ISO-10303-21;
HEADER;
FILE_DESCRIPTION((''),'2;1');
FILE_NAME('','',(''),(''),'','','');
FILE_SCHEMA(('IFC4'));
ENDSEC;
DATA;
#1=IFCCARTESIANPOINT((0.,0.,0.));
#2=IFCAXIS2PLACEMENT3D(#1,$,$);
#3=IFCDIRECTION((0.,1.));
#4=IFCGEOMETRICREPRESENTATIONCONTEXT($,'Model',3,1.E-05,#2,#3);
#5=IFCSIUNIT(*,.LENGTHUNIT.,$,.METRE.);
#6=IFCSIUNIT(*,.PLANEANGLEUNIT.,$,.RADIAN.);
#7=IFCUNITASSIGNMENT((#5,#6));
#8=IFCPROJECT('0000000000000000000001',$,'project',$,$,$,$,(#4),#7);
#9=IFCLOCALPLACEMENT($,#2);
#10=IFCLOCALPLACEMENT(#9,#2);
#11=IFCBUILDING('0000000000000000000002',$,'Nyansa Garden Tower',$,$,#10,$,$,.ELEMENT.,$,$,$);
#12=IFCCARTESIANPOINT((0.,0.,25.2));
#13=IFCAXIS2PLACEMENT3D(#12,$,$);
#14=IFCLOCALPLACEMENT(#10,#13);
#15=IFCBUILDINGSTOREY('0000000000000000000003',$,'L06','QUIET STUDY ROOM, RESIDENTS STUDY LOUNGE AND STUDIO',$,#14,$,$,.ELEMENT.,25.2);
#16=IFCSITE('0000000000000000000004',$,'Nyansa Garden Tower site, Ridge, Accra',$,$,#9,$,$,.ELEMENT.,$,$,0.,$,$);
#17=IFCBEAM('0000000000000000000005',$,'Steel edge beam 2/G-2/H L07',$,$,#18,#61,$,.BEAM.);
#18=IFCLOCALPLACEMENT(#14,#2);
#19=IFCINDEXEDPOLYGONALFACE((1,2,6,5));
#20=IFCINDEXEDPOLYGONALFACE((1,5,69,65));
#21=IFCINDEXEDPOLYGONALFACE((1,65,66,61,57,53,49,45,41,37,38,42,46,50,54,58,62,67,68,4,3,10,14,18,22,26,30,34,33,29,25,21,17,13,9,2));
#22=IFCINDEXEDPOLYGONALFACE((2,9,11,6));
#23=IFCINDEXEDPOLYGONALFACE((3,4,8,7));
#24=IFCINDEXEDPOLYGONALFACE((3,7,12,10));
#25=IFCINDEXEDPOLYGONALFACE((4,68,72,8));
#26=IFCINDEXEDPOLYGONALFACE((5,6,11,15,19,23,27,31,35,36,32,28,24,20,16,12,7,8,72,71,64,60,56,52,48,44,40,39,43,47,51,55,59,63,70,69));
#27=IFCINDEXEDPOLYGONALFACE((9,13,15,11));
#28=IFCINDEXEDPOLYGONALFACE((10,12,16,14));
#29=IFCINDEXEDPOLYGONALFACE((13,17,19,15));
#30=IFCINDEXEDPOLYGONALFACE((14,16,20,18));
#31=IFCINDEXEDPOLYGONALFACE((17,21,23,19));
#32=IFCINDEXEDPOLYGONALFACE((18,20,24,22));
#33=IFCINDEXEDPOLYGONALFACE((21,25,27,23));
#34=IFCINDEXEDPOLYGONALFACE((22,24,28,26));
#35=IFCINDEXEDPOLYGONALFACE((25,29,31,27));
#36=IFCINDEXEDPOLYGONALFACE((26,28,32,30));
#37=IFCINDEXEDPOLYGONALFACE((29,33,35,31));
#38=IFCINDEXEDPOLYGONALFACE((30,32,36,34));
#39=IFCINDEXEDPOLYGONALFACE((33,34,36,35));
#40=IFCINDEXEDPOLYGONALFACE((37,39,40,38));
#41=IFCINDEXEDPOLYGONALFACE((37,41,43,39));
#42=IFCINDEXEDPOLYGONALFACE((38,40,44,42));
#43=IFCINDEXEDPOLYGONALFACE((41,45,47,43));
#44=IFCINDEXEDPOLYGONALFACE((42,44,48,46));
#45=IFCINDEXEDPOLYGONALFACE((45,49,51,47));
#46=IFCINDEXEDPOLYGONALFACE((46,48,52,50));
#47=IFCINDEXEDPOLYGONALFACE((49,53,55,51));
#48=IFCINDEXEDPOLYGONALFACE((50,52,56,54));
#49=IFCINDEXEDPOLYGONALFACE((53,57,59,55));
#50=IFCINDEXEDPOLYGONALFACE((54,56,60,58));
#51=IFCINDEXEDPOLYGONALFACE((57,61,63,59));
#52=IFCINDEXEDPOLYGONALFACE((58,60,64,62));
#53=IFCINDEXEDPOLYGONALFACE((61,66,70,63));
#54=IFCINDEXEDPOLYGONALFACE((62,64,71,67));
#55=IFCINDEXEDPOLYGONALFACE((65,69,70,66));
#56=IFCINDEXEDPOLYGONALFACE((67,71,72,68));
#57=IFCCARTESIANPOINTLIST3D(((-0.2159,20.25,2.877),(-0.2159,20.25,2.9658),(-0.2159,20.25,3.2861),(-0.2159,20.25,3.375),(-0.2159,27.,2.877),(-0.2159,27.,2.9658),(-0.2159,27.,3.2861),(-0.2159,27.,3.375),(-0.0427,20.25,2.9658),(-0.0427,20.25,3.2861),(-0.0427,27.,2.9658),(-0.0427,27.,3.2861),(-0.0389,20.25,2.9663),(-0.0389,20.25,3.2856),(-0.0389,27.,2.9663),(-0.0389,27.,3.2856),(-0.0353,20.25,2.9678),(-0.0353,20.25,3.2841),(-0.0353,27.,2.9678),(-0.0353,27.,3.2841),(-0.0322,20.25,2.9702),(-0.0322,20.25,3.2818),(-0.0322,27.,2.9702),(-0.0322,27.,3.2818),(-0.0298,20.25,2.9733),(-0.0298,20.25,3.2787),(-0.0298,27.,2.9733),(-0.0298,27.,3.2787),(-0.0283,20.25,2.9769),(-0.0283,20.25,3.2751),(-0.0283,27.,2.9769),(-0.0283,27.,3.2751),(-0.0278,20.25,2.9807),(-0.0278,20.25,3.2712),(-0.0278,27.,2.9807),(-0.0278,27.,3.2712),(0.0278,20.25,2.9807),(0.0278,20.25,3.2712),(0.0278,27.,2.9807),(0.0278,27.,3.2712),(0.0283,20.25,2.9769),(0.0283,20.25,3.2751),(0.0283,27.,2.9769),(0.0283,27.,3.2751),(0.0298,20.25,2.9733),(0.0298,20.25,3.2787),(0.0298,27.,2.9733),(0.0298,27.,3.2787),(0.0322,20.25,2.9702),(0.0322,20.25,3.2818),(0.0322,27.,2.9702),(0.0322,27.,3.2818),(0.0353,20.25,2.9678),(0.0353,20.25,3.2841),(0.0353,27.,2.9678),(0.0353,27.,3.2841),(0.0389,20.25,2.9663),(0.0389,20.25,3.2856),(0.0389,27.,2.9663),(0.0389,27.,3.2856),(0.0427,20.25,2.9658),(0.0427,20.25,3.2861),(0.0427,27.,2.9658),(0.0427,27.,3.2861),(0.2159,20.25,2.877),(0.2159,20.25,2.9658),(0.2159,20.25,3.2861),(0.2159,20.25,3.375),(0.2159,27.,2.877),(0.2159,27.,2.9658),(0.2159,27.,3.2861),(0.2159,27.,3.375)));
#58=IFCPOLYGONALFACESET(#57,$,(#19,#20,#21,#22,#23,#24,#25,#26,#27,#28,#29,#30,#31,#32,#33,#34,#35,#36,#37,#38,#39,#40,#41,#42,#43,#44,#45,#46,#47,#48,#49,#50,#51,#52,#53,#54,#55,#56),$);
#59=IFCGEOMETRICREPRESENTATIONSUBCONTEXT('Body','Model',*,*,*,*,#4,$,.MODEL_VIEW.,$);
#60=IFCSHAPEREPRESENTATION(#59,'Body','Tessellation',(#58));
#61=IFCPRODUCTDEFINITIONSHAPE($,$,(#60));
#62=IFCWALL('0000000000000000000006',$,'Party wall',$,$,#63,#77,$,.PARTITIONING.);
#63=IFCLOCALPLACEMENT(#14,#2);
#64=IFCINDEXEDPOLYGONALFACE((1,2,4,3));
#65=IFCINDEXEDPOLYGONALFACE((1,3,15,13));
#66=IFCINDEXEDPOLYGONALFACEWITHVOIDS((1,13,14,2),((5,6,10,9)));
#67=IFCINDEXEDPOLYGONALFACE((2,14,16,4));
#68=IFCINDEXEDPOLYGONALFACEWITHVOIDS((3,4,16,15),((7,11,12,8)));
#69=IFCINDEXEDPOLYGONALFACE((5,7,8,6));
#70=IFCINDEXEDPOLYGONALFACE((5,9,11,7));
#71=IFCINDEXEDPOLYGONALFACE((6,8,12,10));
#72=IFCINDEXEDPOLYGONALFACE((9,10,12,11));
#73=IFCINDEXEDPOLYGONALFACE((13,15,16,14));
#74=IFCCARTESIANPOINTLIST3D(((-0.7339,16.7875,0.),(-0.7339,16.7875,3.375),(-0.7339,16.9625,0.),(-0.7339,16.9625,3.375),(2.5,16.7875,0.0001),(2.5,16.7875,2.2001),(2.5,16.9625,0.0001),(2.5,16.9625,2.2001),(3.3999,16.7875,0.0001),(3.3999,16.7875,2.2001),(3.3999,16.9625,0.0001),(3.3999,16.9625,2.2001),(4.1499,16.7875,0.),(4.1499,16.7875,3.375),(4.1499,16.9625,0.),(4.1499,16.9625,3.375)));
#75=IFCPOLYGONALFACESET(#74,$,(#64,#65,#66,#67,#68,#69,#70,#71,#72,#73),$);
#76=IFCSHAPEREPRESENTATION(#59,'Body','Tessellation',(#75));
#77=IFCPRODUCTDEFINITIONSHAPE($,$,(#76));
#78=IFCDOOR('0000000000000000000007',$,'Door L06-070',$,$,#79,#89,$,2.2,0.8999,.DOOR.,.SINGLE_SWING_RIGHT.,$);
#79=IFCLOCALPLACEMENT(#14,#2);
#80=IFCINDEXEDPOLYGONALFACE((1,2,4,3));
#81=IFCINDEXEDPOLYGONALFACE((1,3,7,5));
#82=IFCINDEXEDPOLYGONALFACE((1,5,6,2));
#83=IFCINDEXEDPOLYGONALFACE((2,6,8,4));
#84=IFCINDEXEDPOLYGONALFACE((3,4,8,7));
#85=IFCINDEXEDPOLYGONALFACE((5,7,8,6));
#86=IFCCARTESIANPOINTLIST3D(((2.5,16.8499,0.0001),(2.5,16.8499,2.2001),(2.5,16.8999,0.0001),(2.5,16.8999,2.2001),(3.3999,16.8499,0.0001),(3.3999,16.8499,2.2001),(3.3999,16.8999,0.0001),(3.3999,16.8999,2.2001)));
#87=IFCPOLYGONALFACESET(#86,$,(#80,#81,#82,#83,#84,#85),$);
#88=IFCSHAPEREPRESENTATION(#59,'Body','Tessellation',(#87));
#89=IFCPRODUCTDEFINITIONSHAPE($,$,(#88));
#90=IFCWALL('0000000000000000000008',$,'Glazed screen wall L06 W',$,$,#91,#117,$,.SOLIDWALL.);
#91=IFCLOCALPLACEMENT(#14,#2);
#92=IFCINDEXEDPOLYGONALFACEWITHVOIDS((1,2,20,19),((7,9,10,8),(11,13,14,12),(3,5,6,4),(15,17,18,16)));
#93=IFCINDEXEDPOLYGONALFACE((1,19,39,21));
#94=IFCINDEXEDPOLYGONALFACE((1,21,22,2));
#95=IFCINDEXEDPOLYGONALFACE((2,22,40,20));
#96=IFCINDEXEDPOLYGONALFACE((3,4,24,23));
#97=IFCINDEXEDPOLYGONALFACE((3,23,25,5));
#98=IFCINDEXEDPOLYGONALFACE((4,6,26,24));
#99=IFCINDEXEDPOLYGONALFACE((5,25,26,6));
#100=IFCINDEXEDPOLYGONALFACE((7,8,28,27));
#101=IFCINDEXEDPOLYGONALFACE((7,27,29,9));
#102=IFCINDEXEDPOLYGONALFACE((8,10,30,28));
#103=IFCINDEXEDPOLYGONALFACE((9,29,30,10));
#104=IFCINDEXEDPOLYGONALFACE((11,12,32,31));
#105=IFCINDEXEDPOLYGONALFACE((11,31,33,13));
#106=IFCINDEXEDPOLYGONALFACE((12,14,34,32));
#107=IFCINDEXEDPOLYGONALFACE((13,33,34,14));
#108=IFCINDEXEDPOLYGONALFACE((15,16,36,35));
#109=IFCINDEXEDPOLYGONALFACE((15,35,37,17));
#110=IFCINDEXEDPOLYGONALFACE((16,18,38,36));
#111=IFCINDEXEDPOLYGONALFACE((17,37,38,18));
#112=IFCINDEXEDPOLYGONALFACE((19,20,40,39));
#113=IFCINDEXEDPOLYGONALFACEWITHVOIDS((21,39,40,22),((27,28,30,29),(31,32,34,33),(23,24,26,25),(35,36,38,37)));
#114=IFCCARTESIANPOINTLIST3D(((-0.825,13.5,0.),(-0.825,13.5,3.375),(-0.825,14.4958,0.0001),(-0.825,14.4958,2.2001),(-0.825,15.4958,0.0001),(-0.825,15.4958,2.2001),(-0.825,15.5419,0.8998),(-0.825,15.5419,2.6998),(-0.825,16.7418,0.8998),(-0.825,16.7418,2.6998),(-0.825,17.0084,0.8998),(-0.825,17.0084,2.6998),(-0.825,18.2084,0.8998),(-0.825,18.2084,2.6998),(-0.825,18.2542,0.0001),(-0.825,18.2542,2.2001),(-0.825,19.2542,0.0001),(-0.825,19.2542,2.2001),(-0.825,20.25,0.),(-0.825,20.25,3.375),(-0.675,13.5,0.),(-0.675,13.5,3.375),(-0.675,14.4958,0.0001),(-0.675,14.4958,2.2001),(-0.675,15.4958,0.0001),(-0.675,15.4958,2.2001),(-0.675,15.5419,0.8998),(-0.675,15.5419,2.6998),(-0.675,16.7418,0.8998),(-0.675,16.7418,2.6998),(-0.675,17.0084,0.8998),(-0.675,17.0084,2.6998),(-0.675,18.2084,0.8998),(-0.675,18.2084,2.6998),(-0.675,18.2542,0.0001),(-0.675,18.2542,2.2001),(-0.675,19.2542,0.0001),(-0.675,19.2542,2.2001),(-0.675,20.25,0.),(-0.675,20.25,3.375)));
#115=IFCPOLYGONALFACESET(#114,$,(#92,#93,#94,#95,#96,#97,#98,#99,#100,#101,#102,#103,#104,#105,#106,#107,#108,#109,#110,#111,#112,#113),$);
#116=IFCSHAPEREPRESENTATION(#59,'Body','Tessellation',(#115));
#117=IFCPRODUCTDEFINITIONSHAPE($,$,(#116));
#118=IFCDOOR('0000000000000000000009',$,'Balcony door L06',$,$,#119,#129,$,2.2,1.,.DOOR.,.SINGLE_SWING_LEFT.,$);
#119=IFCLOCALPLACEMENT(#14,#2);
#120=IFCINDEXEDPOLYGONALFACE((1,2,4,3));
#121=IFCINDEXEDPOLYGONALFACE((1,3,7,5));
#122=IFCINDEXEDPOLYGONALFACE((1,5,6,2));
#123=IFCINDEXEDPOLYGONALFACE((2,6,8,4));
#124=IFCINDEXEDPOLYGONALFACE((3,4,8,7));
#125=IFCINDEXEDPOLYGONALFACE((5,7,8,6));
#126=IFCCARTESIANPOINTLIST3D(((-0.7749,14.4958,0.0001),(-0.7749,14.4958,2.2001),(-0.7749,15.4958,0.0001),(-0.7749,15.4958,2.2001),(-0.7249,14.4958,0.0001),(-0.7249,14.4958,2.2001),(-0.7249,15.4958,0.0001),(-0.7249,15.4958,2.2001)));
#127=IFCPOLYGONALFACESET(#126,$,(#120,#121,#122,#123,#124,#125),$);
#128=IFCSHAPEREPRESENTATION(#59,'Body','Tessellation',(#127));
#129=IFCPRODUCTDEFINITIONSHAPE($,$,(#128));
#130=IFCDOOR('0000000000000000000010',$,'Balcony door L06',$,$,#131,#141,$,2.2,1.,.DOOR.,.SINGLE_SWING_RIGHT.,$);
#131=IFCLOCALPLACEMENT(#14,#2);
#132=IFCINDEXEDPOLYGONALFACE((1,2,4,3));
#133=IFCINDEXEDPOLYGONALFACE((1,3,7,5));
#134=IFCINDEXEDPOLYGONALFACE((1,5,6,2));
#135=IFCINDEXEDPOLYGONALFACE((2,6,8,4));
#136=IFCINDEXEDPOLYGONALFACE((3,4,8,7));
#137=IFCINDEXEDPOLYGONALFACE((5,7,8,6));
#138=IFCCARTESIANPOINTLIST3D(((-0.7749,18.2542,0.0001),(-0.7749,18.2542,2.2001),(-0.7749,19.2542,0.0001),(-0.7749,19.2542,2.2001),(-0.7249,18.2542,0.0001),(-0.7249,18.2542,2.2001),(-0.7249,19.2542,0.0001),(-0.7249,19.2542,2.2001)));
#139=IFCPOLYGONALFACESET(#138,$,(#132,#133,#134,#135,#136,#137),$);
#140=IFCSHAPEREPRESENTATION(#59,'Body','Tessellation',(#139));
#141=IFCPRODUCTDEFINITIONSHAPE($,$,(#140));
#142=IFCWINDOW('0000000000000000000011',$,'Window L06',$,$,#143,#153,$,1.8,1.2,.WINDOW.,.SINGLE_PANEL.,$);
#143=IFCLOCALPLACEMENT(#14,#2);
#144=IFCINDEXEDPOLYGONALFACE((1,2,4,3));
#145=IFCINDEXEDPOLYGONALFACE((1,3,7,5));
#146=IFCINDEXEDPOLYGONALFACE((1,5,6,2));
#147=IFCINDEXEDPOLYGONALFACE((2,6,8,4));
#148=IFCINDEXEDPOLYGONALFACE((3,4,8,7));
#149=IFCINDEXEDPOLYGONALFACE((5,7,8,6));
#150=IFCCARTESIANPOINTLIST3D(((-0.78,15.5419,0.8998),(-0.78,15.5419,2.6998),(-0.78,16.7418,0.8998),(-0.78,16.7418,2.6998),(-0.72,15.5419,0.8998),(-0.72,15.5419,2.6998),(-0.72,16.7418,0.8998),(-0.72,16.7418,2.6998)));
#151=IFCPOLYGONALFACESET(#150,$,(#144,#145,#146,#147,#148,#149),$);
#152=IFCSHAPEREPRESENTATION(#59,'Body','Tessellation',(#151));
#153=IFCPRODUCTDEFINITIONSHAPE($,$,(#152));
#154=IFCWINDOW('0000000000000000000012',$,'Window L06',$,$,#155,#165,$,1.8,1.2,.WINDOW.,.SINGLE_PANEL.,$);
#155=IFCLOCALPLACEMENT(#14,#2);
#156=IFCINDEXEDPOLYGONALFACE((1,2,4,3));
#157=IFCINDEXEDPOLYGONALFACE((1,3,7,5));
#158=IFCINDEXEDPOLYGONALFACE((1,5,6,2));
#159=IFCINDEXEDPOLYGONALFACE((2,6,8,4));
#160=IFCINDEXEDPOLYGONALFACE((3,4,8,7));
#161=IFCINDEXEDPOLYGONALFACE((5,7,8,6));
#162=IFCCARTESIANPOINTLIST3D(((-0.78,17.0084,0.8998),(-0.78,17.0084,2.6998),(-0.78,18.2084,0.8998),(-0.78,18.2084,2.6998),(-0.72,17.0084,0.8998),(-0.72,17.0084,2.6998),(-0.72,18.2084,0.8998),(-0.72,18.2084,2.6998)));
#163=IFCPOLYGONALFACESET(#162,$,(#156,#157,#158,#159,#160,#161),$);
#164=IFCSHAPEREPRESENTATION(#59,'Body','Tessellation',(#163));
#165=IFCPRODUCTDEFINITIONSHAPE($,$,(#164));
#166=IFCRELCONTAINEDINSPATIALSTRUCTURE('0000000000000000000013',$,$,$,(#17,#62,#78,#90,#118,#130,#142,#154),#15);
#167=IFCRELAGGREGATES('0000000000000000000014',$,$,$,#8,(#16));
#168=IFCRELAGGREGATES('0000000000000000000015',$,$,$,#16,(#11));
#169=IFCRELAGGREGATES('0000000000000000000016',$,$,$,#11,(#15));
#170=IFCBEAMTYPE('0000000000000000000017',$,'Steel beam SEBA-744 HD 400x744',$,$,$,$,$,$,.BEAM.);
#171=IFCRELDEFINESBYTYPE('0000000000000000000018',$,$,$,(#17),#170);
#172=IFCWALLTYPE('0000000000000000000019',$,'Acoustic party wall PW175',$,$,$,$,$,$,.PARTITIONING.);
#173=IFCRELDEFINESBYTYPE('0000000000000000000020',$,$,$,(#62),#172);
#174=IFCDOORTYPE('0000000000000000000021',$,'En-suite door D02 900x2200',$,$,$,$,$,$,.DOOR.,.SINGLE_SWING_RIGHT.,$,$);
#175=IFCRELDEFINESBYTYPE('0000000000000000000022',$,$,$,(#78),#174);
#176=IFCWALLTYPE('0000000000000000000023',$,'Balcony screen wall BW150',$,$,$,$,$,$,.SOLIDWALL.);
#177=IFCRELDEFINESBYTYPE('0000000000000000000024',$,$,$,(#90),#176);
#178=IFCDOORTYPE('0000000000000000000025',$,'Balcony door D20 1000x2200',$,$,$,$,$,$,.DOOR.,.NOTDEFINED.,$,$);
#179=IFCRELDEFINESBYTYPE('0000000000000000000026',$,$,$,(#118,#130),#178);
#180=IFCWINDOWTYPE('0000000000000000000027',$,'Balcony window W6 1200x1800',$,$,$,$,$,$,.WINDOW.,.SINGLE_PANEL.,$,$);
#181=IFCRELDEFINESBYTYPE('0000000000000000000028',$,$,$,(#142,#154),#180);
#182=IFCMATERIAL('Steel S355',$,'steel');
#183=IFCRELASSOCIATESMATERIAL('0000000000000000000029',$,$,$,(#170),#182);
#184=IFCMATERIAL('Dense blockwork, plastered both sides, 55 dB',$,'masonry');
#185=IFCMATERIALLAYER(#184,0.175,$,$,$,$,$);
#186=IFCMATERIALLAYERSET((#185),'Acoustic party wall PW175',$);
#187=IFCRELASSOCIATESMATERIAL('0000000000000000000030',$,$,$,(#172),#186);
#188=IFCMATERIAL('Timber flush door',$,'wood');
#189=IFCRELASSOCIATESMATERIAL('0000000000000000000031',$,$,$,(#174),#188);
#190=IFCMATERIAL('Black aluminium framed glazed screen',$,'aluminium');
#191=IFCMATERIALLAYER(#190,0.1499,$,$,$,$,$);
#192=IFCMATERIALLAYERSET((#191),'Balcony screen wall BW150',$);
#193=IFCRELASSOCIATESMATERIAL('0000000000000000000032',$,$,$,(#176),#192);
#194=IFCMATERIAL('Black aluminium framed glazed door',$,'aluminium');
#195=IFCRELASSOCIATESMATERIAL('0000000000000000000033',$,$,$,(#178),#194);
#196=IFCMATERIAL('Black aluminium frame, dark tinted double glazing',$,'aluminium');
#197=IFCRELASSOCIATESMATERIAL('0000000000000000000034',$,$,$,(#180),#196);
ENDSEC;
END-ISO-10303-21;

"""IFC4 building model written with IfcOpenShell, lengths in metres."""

from ifc_helpers import new_model, si_unit, direction, frame, frame_2d, origin, origin_2d, place, context, subcontext, project, spatial, rectangle, i_section, extrude, material, layer, layer_set, material_profile, profile_set, type_object, element, fill, save


model = new_model("IFC4")

# Units and contexts
model_context = context("Model", 3, precision=1e-05, world=origin(), true_north=direction((0.0, 1.0)))
body_context = subcontext(model_context, "Body", "Model", "MODEL_VIEW")
ifc_project = project(units=[si_unit("LENGTHUNIT", "METRE"), si_unit("PLANEANGLEUNIT", "RADIAN")], contexts=[model_context])

# Site, building, storey
site_placement = place(None, origin())
site = spatial("IfcSite", under=ifc_project, at=site_placement, Name="Nyansa Garden Tower site, Ridge, Accra", CompositionType="ELEMENT", RefElevation=0.0)
building_placement = place(site_placement, origin())
building = spatial("IfcBuilding", under=site, at=building_placement, Name="Nyansa Garden Tower", CompositionType="ELEMENT")
storey_placement = place(building_placement, frame((0.0, 0.0, 25.2)))
storey = spatial("IfcBuildingStorey", under=building, at=storey_placement, Name="L06", Description="QUIET STUDY ROOM, RESIDENTS STUDY LOUNGE AND STUDIO", CompositionType="ELEMENT", Elevation=25.2)

# Beam
ifc_material_1 = material(Name="Steel S355", Category="steel")
ifc_material_profile_1 = material_profile(ifc_material_1, i_section(OverallWidth=0.4319, OverallDepth=0.498, WebThickness=0.0557, FlangeThickness=0.0889, FilletRadius=0.0149, at=origin_2d()), Name="HD 400x744")
ifc_profile_set_1 = profile_set([ifc_material_profile_1], Name="Steel S355")
beam_type_1 = type_object("IfcBeamType", Name="Steel beam SEBA-744 HD 400x744", PredefinedType="BEAM", material=ifc_profile_set_1)
for number, where, z_axis, x_axis, name in (
    (1, (0.0, 20.25, 3.126), (0.0, 1.0, 0.0), (-1.0, 0.0, 0.0), "Steel edge beam 2/G-2/H L07"),
):
    element("IfcBeam", number, at=place(storey_placement, frame(where, z_axis=z_axis, x_axis=x_axis)), inside=storey, type_object=beam_type_1, Name=name, PredefinedType="BEAM", context=body_context, shape_type="SweptSolid", body=[
        extrude(i_section(OverallWidth=0.4319, OverallDepth=0.498, WebThickness=0.0557, FlangeThickness=0.0889, FilletRadius=0.0149, at=origin_2d()), origin(), (0.0, 0.0, 1.0), 6.75),
    ])

# Wall, opening, door
ifc_material_2 = material(Name="Dense blockwork, plastered both sides, 55 dB", Category="masonry")
ifc_layer_1 = layer(ifc_material_2, 0.175)
ifc_layer_set_1 = layer_set([ifc_layer_1], Name="Acoustic party wall PW175")
wall_type_1 = type_object("IfcWallType", Name="Acoustic party wall PW175", PredefinedType="PARTITIONING", material=ifc_layer_set_1)
wall_1_placement = place(storey_placement, frame((-0.7339, 16.875, 0.0), z_axis=(0.0, 0.0, 1.0), x_axis=(1.0, 0.0, 0.0)))
wall_1 = element("IfcWall", 2, at=wall_1_placement, inside=storey, type_object=wall_type_1, Name="Party wall", PredefinedType="PARTITIONING", context=body_context, shape_type="SweptSolid", body=[
    extrude(rectangle(XDim=4.8838, YDim=0.175, at=frame_2d((2.4419, 0.0))), origin(), (0.0, 0.0, 1.0), 3.375),
])
opening_1_placement = place(wall_1_placement, frame((3.2339, 0.0, 0.0)))
opening_1 = element("IfcOpeningElement", 3, at=opening_1_placement, cuts=wall_1, PredefinedType="OPENING", context=body_context, shape_type="SweptSolid", body=[
    extrude(rectangle(XDim=0.8999, YDim=2.2, at=frame_2d((0.45, 1.1001))), frame((0.0, 0.0974, 0.0), z_axis=(0.0, -1.0, 0.0), x_axis=(1.0, 0.0, 0.0)), (0.0, 0.0, 1.0), 0.1951),
])
ifc_material_3 = material(Name="Timber flush door", Category="wood")
door_type_1 = type_object("IfcDoorType", Name="En-suite door D02 900x2200", OperationType="SINGLE_SWING_RIGHT", PredefinedType="DOOR", material=ifc_material_3)
door_1_placement = place(opening_1_placement, origin())
door_1 = element("IfcDoor", 4, at=door_1_placement, inside=storey, type_object=door_type_1, Name="Door L06-070", OperationType="SINGLE_SWING_RIGHT", OverallHeight=2.2, OverallWidth=0.8999, PredefinedType="DOOR", context=body_context, shape_type="SweptSolid", body=[
    extrude(rectangle(XDim=0.8999, YDim=2.2, at=frame_2d((0.45, 1.1001))), frame((0.0, 0.0249, 0.0), z_axis=(0.0, -1.0, 0.0), x_axis=(1.0, 0.0, 0.0)), (0.0, 0.0, 1.0), 0.05),
])
fill(opening_1, door_1)

# Wall, openings, doors, windows
ifc_material_4 = material(Name="Black aluminium framed glazed screen", Category="aluminium")
ifc_layer_2 = layer(ifc_material_4, 0.1499)
ifc_layer_set_2 = layer_set([ifc_layer_2], Name="Balcony screen wall BW150")
wall_type_2 = type_object("IfcWallType", Name="Balcony screen wall BW150", PredefinedType="SOLIDWALL", material=ifc_layer_set_2)
wall_2_placement = place(storey_placement, frame((-0.75, 13.5, 0.0), z_axis=(0.0, 0.0, 1.0), x_axis=(0.0, 1.0, 0.0)))
wall_2 = element("IfcWall", 5, at=wall_2_placement, inside=storey, type_object=wall_type_2, Name="Glazed screen wall L06 W", PredefinedType="SOLIDWALL", context=body_context, shape_type="SweptSolid", body=[
    extrude(rectangle(XDim=6.75, YDim=0.1499, at=frame_2d((3.375, 0.0))), origin(), (0.0, 0.0, 1.0), 3.375),
])
opening_2_placement = place(wall_2_placement, frame((0.9958, 0.0, 0.0)))
opening_2 = element("IfcOpeningElement", 6, at=opening_2_placement, cuts=wall_2, PredefinedType="OPENING", context=body_context, shape_type="SweptSolid", body=[
    extrude(rectangle(XDim=1.0, YDim=2.2, at=frame_2d((0.5, 1.1001))), frame((0.0, 0.085, 0.0), z_axis=(0.0, -1.0, 0.0), x_axis=(1.0, 0.0, 0.0)), (0.0, 0.0, 1.0), 0.1699),
])
opening_3_placement = place(wall_2_placement, frame((2.0417, 0.0, 0.8999)))
opening_3 = element("IfcOpeningElement", 7, at=opening_3_placement, cuts=wall_2, PredefinedType="OPENING", context=body_context, shape_type="SweptSolid", body=[
    extrude(rectangle(XDim=1.2, YDim=1.8, at=frame_2d((0.6001, 0.8999))), frame((0.0, 0.085, 0.0), z_axis=(0.0, -1.0, 0.0), x_axis=(1.0, 0.0, 0.0)), (0.0, 0.0, 1.0), 0.1699),
])
opening_4_placement = place(wall_2_placement, frame((4.7542, 0.0, 0.0)))
opening_4 = element("IfcOpeningElement", 8, at=opening_4_placement, cuts=wall_2, PredefinedType="OPENING", context=body_context, shape_type="SweptSolid", body=[
    extrude(rectangle(XDim=1.0, YDim=2.2, at=frame_2d((0.5, 1.1001))), frame((0.0, 0.085, 0.0), z_axis=(0.0, -1.0, 0.0), x_axis=(1.0, 0.0, 0.0)), (0.0, 0.0, 1.0), 0.1699),
])
opening_5_placement = place(wall_2_placement, frame((3.5083, 0.0, 0.8999)))
opening_5 = element("IfcOpeningElement", 9, at=opening_5_placement, cuts=wall_2, PredefinedType="OPENING", context=body_context, shape_type="SweptSolid", body=[
    extrude(rectangle(XDim=1.2, YDim=1.8, at=frame_2d((0.6001, 0.8999))), frame((0.0, 0.085, 0.0), z_axis=(0.0, -1.0, 0.0), x_axis=(1.0, 0.0, 0.0)), (0.0, 0.0, 1.0), 0.1699),
])
ifc_material_5 = material(Name="Black aluminium framed glazed door", Category="aluminium")
door_type_2 = type_object("IfcDoorType", Name="Balcony door D20 1000x2200", OperationType="NOTDEFINED", PredefinedType="DOOR", material=ifc_material_5)
door_2_placement = place(opening_2_placement, origin())
door_2 = element("IfcDoor", 10, at=door_2_placement, inside=storey, type_object=door_type_2, Name="Balcony door L06", OperationType="SINGLE_SWING_LEFT", OverallHeight=2.2, OverallWidth=1.0, PredefinedType="DOOR", context=body_context, shape_type="SweptSolid", body=[
    extrude(rectangle(XDim=1.0, YDim=2.2, at=frame_2d((0.5, 1.1001))), frame((0.0, 0.0249, 0.0), z_axis=(0.0, -1.0, 0.0), x_axis=(1.0, 0.0, 0.0)), (0.0, 0.0, 1.0), 0.05),
])
fill(opening_2, door_2)
door_3_placement = place(opening_4_placement, origin())
door_3 = element("IfcDoor", 11, at=door_3_placement, inside=storey, type_object=door_type_2, Name="Balcony door L06", OperationType="SINGLE_SWING_RIGHT", OverallHeight=2.2, OverallWidth=1.0, PredefinedType="DOOR", context=body_context, shape_type="SweptSolid", body=[
    extrude(rectangle(XDim=1.0, YDim=2.2, at=frame_2d((0.5, 1.1001))), frame((0.0, 0.0249, 0.0), z_axis=(0.0, -1.0, 0.0), x_axis=(1.0, 0.0, 0.0)), (0.0, 0.0, 1.0), 0.05),
])
fill(opening_4, door_3)
ifc_material_6 = material(Name="Black aluminium frame, dark tinted double glazing", Category="aluminium")
window_type = type_object("IfcWindowType", Name="Balcony window W6 1200x1800", PartitioningType="SINGLE_PANEL", PredefinedType="WINDOW", material=ifc_material_6)
window_1_placement = place(opening_3_placement, origin())
window_1 = element("IfcWindow", 12, at=window_1_placement, inside=storey, type_object=window_type, Name="Window L06", OverallHeight=1.8, OverallWidth=1.2, PartitioningType="SINGLE_PANEL", PredefinedType="WINDOW", context=body_context, shape_type="SweptSolid", body=[
    extrude(rectangle(XDim=1.2, YDim=1.8, at=frame_2d((0.6001, 0.8999))), frame((0.0, 0.03, 0.0), z_axis=(0.0, -1.0, 0.0), x_axis=(1.0, 0.0, 0.0)), (0.0, 0.0, 1.0), 0.0601),
])
fill(opening_3, window_1)
window_2_placement = place(opening_5_placement, origin())
window_2 = element("IfcWindow", 13, at=window_2_placement, inside=storey, type_object=window_type, Name="Window L06", OverallHeight=1.8, OverallWidth=1.2, PartitioningType="SINGLE_PANEL", PredefinedType="WINDOW", context=body_context, shape_type="SweptSolid", body=[
    extrude(rectangle(XDim=1.2, YDim=1.8, at=frame_2d((0.6001, 0.8999))), frame((0.0, 0.03, 0.0), z_axis=(0.0, -1.0, 0.0), x_axis=(1.0, 0.0, 0.0)), (0.0, 0.0, 1.0), 0.0601),
])
fill(opening_5, window_2)

save(model, "model.ifc")
